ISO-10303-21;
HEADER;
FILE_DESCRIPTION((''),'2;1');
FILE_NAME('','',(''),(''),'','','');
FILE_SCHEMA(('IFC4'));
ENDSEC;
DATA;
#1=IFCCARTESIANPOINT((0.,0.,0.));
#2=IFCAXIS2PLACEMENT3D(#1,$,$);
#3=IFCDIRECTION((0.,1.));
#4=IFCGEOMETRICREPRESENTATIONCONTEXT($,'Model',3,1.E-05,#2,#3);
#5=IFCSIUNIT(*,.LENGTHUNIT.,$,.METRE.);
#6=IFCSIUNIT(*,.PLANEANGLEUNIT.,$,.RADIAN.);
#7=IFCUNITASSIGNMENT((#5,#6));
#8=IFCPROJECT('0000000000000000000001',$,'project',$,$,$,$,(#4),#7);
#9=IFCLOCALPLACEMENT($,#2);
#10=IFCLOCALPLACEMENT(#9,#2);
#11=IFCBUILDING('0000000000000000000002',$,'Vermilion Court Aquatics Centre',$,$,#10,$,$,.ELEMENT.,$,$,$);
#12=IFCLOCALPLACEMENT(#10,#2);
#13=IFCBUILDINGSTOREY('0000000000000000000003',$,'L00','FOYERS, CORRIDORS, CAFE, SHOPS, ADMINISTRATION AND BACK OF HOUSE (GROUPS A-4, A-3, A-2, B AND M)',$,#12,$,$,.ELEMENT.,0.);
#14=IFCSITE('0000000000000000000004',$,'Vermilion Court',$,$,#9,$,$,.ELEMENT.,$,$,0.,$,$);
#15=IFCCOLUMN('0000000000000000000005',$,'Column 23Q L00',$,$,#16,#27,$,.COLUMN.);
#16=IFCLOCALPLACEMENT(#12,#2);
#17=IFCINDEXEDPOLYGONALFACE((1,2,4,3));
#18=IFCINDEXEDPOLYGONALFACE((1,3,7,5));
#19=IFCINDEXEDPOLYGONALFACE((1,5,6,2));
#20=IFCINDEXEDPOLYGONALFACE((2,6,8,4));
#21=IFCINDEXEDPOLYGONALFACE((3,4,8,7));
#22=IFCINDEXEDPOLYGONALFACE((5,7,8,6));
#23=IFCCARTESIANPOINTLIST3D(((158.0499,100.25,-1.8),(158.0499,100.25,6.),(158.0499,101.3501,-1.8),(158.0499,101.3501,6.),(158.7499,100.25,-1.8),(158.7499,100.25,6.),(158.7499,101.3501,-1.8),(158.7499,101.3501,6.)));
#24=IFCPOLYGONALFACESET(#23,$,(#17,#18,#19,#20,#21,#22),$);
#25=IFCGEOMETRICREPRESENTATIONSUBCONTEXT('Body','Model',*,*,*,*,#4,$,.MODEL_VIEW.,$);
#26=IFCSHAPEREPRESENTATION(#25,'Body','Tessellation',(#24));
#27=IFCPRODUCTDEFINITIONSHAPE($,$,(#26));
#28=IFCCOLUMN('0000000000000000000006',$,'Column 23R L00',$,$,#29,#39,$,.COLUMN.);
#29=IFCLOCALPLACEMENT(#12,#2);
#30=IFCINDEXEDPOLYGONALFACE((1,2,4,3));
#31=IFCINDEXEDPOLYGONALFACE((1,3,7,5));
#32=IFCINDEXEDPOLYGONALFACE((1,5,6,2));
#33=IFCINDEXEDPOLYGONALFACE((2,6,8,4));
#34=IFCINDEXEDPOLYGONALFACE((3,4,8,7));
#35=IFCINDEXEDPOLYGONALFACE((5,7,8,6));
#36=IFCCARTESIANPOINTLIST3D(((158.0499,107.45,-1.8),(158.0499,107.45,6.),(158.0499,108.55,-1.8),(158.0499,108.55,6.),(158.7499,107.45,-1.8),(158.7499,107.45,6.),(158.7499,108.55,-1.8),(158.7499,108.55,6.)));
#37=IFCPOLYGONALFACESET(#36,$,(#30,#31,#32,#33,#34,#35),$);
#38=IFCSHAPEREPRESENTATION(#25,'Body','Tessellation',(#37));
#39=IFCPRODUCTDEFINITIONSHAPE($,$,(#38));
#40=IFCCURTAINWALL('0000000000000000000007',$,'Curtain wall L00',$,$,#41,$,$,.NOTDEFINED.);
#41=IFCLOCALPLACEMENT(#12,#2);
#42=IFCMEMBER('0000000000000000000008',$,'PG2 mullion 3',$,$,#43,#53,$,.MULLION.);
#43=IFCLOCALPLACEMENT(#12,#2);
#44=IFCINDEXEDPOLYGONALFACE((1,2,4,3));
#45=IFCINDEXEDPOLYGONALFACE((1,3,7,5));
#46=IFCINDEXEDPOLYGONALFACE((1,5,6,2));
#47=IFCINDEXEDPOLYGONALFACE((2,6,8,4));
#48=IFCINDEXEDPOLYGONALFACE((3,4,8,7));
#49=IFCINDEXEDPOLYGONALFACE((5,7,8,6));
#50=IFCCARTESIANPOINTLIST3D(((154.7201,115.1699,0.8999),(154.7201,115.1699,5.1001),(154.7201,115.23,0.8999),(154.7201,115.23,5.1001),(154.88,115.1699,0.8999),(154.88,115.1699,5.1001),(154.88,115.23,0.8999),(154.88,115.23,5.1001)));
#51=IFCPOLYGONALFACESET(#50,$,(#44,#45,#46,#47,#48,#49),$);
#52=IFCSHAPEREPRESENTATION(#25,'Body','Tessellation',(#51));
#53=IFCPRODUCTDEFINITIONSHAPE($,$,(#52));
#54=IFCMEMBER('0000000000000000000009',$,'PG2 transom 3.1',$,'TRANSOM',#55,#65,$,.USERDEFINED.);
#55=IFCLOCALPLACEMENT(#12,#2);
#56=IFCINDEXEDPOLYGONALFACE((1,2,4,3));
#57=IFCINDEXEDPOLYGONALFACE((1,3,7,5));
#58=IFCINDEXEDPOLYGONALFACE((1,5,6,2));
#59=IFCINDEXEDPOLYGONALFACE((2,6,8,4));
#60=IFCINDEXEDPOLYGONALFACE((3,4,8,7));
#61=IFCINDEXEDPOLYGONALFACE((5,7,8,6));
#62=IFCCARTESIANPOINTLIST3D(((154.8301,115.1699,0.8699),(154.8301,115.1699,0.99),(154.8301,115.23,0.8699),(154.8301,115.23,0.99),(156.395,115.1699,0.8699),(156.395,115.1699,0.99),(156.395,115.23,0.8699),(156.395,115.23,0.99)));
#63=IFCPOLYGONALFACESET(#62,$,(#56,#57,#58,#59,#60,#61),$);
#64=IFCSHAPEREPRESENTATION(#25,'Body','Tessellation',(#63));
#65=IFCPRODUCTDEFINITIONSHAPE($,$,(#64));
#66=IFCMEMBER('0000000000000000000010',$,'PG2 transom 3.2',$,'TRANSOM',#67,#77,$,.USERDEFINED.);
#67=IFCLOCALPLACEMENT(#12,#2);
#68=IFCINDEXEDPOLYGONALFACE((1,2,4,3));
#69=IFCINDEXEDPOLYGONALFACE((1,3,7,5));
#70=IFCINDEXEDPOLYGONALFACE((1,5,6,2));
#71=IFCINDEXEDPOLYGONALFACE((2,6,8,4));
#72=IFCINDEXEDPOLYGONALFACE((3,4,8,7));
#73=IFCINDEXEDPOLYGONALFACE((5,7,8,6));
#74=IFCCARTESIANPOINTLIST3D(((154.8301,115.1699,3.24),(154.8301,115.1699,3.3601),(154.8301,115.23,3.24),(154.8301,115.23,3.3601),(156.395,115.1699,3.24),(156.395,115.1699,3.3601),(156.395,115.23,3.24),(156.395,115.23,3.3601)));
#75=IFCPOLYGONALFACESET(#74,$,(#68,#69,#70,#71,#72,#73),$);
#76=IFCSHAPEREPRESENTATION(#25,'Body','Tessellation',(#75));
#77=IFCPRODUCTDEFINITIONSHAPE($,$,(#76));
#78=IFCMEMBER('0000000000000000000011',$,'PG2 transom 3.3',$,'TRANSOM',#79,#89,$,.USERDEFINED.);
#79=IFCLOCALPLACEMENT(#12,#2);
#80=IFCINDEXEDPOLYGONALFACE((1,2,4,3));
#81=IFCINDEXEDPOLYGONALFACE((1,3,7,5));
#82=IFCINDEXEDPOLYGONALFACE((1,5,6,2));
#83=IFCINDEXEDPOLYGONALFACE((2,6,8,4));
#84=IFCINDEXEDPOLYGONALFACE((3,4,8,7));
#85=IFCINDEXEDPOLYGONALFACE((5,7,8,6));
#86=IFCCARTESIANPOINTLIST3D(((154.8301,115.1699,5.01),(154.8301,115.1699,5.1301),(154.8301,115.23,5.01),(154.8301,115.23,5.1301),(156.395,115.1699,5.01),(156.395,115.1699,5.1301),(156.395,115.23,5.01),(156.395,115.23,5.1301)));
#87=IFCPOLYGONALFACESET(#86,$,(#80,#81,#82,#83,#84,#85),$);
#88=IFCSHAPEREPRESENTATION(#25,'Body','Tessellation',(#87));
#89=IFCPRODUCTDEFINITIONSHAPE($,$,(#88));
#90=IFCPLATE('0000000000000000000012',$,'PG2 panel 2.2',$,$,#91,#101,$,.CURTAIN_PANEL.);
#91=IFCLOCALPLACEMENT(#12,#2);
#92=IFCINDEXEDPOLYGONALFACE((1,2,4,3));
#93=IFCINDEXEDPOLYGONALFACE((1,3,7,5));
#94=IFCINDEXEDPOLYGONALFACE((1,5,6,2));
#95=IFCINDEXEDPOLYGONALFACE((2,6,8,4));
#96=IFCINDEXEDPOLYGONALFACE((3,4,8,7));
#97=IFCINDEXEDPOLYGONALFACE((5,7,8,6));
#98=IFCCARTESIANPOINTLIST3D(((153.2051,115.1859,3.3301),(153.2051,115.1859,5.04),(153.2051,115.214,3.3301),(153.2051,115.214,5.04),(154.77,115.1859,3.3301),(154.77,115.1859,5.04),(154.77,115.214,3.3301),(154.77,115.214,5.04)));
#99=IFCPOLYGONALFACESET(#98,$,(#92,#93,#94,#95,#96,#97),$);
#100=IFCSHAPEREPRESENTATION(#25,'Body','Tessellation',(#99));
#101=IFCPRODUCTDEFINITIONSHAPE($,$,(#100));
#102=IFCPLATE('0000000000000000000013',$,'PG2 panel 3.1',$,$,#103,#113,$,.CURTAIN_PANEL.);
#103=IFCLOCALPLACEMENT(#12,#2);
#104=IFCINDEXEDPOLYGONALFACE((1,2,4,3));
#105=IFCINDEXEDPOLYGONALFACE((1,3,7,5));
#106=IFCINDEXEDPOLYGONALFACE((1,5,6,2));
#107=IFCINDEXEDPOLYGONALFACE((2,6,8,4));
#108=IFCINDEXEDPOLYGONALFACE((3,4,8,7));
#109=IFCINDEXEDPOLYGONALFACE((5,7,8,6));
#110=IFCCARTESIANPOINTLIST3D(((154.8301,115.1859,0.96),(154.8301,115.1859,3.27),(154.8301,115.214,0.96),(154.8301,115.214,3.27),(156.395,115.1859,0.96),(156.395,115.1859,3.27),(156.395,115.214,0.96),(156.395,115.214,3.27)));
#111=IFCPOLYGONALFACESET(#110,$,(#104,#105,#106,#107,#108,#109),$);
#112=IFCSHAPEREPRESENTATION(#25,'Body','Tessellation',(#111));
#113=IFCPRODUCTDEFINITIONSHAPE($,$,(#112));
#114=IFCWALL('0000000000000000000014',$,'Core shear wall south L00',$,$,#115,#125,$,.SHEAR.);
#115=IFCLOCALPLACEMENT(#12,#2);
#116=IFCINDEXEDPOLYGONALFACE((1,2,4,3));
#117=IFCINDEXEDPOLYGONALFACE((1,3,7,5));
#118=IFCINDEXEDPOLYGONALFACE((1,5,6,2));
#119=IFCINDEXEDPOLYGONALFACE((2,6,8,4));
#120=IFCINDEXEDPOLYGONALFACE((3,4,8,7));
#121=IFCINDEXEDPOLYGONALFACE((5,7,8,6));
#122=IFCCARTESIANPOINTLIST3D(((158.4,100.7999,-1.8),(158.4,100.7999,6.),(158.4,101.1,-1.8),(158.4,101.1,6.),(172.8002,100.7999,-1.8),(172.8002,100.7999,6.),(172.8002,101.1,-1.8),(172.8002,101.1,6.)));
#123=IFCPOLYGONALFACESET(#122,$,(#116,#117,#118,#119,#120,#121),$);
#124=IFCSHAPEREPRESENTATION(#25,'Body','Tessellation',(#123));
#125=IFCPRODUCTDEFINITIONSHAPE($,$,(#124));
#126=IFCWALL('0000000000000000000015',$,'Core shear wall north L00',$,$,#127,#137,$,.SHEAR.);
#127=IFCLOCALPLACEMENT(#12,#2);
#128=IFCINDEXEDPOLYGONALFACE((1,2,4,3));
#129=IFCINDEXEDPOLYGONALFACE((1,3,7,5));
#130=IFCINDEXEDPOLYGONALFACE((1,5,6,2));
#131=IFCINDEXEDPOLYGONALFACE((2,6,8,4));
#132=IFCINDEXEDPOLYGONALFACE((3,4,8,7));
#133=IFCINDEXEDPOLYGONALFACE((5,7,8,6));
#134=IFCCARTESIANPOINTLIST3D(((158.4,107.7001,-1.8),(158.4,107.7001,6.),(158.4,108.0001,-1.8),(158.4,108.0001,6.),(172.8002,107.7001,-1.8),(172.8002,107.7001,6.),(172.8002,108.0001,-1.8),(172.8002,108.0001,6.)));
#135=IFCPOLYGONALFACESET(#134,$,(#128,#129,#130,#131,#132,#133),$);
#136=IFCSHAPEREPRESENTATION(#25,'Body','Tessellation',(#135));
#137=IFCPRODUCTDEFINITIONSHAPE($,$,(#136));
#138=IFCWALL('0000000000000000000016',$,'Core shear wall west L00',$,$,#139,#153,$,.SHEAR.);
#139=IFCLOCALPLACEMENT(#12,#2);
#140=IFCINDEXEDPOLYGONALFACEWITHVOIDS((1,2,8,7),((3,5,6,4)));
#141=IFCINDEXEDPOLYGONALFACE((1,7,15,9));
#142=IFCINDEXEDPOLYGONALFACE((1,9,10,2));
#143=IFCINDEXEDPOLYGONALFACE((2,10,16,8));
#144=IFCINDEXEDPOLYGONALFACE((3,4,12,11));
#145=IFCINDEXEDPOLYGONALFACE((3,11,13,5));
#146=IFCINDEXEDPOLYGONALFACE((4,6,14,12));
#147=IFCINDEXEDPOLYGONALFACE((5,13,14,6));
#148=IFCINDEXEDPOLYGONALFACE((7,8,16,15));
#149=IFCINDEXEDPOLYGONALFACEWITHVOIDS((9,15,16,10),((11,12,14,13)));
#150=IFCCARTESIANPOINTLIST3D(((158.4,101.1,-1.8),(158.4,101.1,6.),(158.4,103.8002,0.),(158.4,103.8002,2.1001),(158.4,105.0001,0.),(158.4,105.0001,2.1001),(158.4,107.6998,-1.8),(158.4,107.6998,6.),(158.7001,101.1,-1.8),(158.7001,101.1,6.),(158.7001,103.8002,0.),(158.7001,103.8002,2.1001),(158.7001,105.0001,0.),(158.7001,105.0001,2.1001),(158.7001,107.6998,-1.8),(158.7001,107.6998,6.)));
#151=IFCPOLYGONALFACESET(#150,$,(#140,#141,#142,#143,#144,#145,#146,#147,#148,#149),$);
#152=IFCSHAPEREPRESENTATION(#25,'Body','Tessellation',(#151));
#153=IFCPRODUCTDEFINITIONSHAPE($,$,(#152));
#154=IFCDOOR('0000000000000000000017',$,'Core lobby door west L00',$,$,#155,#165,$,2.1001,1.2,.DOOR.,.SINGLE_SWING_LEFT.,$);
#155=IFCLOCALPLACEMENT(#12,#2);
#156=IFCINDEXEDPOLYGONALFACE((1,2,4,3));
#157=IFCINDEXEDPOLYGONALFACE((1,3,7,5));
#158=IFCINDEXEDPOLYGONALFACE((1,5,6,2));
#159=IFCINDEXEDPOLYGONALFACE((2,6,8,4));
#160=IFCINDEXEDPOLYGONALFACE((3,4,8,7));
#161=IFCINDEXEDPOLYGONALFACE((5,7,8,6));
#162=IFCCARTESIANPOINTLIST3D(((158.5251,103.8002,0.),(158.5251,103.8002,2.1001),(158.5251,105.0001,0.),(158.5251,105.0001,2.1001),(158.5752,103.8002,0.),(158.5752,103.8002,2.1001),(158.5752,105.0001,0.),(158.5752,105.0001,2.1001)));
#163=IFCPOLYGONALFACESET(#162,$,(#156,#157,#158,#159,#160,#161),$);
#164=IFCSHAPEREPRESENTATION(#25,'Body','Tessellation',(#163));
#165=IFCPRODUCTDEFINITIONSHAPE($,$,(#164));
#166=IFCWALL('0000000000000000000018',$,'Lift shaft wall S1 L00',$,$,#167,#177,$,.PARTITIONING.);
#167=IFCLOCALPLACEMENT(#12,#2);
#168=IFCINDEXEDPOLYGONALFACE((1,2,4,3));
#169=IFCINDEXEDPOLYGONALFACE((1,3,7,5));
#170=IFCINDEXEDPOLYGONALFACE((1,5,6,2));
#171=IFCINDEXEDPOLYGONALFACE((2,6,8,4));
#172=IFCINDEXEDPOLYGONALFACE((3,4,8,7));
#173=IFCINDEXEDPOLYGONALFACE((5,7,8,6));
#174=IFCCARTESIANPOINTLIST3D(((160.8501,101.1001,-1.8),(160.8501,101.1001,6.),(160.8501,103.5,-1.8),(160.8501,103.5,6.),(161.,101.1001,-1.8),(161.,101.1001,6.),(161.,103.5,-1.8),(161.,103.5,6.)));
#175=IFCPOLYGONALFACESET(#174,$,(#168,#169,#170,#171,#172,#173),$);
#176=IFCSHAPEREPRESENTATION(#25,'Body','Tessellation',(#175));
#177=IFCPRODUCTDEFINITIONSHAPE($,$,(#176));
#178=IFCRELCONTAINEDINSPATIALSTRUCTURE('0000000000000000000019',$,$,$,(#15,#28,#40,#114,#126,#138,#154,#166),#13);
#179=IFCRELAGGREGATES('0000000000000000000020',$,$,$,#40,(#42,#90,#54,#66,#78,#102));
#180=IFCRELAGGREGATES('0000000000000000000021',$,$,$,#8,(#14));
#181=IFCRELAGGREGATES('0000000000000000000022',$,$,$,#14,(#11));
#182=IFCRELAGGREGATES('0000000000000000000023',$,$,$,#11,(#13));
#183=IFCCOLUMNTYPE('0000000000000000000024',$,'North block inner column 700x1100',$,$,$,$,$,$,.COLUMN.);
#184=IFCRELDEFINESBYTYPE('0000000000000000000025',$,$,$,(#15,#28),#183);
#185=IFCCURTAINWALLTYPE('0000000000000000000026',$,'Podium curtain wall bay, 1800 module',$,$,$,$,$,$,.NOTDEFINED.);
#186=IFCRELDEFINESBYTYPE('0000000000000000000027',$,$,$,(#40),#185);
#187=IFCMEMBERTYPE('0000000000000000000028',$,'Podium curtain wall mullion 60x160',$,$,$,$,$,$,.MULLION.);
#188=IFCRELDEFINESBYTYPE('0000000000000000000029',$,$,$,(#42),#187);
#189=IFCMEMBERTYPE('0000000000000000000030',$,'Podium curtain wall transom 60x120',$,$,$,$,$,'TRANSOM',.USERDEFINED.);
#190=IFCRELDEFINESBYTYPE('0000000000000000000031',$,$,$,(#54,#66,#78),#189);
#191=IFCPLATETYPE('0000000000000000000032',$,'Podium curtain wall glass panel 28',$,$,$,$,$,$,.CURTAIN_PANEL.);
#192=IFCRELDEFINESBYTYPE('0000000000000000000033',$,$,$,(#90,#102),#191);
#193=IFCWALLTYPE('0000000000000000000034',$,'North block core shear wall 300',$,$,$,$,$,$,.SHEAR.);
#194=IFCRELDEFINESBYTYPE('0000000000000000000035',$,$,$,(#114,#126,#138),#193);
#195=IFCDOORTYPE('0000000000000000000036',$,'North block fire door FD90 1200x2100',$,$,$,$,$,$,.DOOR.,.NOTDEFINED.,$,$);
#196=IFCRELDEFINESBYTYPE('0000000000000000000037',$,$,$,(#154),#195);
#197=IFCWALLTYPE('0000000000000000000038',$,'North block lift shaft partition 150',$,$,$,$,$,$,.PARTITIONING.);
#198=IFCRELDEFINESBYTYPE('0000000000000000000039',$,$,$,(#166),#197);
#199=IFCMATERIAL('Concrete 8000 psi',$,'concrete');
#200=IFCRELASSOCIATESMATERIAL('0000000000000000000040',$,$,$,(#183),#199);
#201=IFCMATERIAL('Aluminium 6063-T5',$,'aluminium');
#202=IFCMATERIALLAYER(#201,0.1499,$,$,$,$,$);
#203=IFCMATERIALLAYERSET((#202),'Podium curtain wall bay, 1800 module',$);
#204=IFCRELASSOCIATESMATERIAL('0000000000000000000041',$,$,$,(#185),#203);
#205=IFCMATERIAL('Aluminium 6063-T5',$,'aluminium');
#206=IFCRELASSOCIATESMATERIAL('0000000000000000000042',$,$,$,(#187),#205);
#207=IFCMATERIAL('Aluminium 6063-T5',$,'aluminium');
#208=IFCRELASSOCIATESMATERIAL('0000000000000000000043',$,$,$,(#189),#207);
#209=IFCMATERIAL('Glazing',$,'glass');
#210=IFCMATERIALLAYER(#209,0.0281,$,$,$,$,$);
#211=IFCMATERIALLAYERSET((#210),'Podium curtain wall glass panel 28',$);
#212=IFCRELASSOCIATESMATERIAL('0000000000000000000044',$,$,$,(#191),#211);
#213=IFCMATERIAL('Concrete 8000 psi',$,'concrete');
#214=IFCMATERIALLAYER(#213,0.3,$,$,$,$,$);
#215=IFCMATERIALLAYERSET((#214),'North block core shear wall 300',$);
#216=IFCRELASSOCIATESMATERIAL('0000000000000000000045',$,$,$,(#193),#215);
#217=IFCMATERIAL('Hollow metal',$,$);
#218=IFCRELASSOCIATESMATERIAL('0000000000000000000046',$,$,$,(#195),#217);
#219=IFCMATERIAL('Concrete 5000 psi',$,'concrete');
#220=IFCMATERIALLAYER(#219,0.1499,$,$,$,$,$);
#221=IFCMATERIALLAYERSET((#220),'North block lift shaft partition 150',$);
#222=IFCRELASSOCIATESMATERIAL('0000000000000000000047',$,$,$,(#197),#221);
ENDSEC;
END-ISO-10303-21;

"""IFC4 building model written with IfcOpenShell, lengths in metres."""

from ifc_helpers import new_model, si_unit, direction, frame, frame_2d, origin, origin_2d, place, context, subcontext, project, spatial, rectangle, extrude, material, layer, layer_set, material_profile, profile_set, type_object, element, fill, aggregate, save


model = new_model("IFC4")

# Units and contexts
model_context = context("Model", 3, precision=1e-05, world=origin(), true_north=direction((0.0, 1.0)))
body_context = subcontext(model_context, "Body", "Model", "MODEL_VIEW")
ifc_project = project(units=[si_unit("LENGTHUNIT", "METRE"), si_unit("PLANEANGLEUNIT", "RADIAN")], contexts=[model_context])

# Site, building, storey
site_placement = place(None, origin())
site = spatial("IfcSite", under=ifc_project, at=site_placement, Name="Vermilion Court", CompositionType="ELEMENT", RefElevation=0.0)
building_placement = place(site_placement, origin())
building = spatial("IfcBuilding", under=site, at=building_placement, Name="Vermilion Court Aquatics Centre", CompositionType="ELEMENT")
storey_placement = place(building_placement, origin())
storey = spatial("IfcBuildingStorey", under=building, at=storey_placement, Name="L00", Description="FOYERS, CORRIDORS, CAFE, SHOPS, ADMINISTRATION AND BACK OF HOUSE (GROUPS A-4, A-3, A-2, B AND M)", CompositionType="ELEMENT", Elevation=0.0)

# Columns
ifc_material_1 = material(Name="Concrete 8000 psi", Category="concrete")
ifc_material_profile_1 = material_profile(ifc_material_1, rectangle(XDim=0.7, YDim=1.1001, at=origin_2d()), Name="RC 700x1100")
ifc_profile_set_1 = profile_set([ifc_material_profile_1], Name="Concrete 8000 psi")
column_type = type_object("IfcColumnType", Name="North block inner column 700x1100", PredefinedType="COLUMN", material=ifc_profile_set_1)
for number, where, z_axis, x_axis, name in (
    (1, (158.3999, 100.8, -1.8), (0.0, 0.0, 1.0), (1.0, 0.0, 0.0), "Column 23Q L00"),
    (2, (158.3999, 108.0, -1.8), (0.0, 0.0, 1.0), (1.0, 0.0, 0.0), "Column 23R L00"),
):
    element("IfcColumn", number, at=place(storey_placement, frame(where, z_axis=z_axis, x_axis=x_axis)), inside=storey, type_object=column_type, Name=name, PredefinedType="COLUMN", context=body_context, shape_type="SweptSolid", body=[
        extrude(rectangle(XDim=0.7, YDim=1.1001, at=origin_2d()), origin(), (0.0, 0.0, 1.0), 7.8),
    ])

# Curtain wall, members, plates
ifc_material_2 = material(Name="Aluminium 6063-T5", Category="aluminium")
ifc_layer_1 = layer(ifc_material_2, 0.1499)
ifc_layer_set_1 = layer_set([ifc_layer_1], Name="Podium curtain wall bay, 1800 module")
curtain_wall_type = type_object("IfcCurtainWallType", Name="Podium curtain wall bay, 1800 module", PredefinedType="NOTDEFINED", material=ifc_layer_set_1)
curtain_wall_placement = place(storey_placement, origin())
curtain_wall = element("IfcCurtainWall", 3, at=curtain_wall_placement, inside=storey, type_object=curtain_wall_type, Name="Curtain wall L00", PredefinedType="NOTDEFINED")
ifc_material_3 = material(Name="Aluminium 6063-T5", Category="aluminium")
ifc_material_profile_2 = material_profile(ifc_material_3, rectangle(XDim=0.0601, YDim=0.1599, at=origin_2d()), Name="Mullion 60x160")
ifc_profile_set_2 = profile_set([ifc_material_profile_2], Name="Aluminium 6063-T5")
member_type_1 = type_object("IfcMemberType", Name="Podium curtain wall mullion 60x160", PredefinedType="MULLION", material=ifc_profile_set_2)
member_1_placement = place(storey_placement, frame((154.8, 115.2, 0.8999), z_axis=(0.0, 0.0, 1.0), x_axis=(0.0, 1.0, 0.0)))
member_1 = element("IfcMember", 4, at=member_1_placement, type_object=member_type_1, Name="PG2 mullion 3", PredefinedType="MULLION", context=body_context, shape_type="SweptSolid", body=[
    extrude(rectangle(XDim=0.0601, YDim=0.1599, at=origin_2d()), origin(), (0.0, 0.0, 1.0), 4.2002),
])
ifc_material_4 = material(Name="Aluminium 6063-T5", Category="aluminium")
ifc_material_profile_3 = material_profile(ifc_material_4, rectangle(XDim=0.0601, YDim=0.1201, at=origin_2d()), Name="Transom 60x120")
ifc_profile_set_3 = profile_set([ifc_material_profile_3], Name="Aluminium 6063-T5")
member_type_2 = type_object("IfcMemberType", Name="Podium curtain wall transom 60x120", ElementType="TRANSOM", PredefinedType="USERDEFINED", material=ifc_profile_set_3)
member_2_placement = place(storey_placement, frame((154.8301, 115.2, 0.9299), z_axis=(1.0, 0.0, 0.0), x_axis=(0.0, 1.0, 0.0)))
member_2 = element("IfcMember", 5, at=member_2_placement, type_object=member_type_2, Name="PG2 transom 3.1", ObjectType="TRANSOM", PredefinedType="USERDEFINED", context=body_context, shape_type="SweptSolid", body=[
    extrude(rectangle(XDim=0.0601, YDim=0.1201, at=origin_2d()), origin(), (0.0, 0.0, 1.0), 1.5649),
])
member_3_placement = place(storey_placement, frame((154.8301, 115.2, 3.3), z_axis=(1.0, 0.0, 0.0), x_axis=(0.0, 1.0, 0.0)))
member_3 = element("IfcMember", 6, at=member_3_placement, type_object=member_type_2, Name="PG2 transom 3.2", ObjectType="TRANSOM", PredefinedType="USERDEFINED", context=body_context, shape_type="SweptSolid", body=[
    extrude(rectangle(XDim=0.0601, YDim=0.1201, at=origin_2d()), origin(), (0.0, 0.0, 1.0), 1.5649),
])
member_4_placement = place(storey_placement, frame((154.8301, 115.2, 5.0701), z_axis=(1.0, 0.0, 0.0), x_axis=(0.0, 1.0, 0.0)))
member_4 = element("IfcMember", 7, at=member_4_placement, type_object=member_type_2, Name="PG2 transom 3.3", ObjectType="TRANSOM", PredefinedType="USERDEFINED", context=body_context, shape_type="SweptSolid", body=[
    extrude(rectangle(XDim=0.0601, YDim=0.1201, at=origin_2d()), origin(), (0.0, 0.0, 1.0), 1.5649),
])
ifc_material_5 = material(Name="Glazing", Category="glass")
ifc_layer_2 = layer(ifc_material_5, 0.0281)
ifc_layer_set_2 = layer_set([ifc_layer_2], Name="Podium curtain wall glass panel 28")
plate_type = type_object("IfcPlateType", Name="Podium curtain wall glass panel 28", PredefinedType="CURTAIN_PANEL", material=ifc_layer_set_2)
plate_1_placement = place(storey_placement, frame((153.9875, 115.2, 3.3301), z_axis=(0.0, 0.0, 1.0), x_axis=(1.0, 0.0, 0.0)))
plate_1 = element("IfcPlate", 8, at=plate_1_placement, type_object=plate_type, Name="PG2 panel 2.2", PredefinedType="CURTAIN_PANEL", context=body_context, shape_type="SweptSolid", body=[
    extrude(rectangle(XDim=1.5649, YDim=0.0281, at=origin_2d()), origin(), (0.0, 0.0, 1.0), 1.71),
])
plate_2_placement = place(storey_placement, frame((155.6125, 115.2, 0.96), z_axis=(0.0, 0.0, 1.0), x_axis=(1.0, 0.0, 0.0)))
plate_2 = element("IfcPlate", 9, at=plate_2_placement, type_object=plate_type, Name="PG2 panel 3.1", PredefinedType="CURTAIN_PANEL", context=body_context, shape_type="SweptSolid", body=[
    extrude(rectangle(XDim=1.5649, YDim=0.0281, at=origin_2d()), origin(), (0.0, 0.0, 1.0), 2.3101),
])
aggregate(curtain_wall, [member_1, plate_1, member_2, member_3, member_4, plate_2])

# Walls
ifc_material_6 = material(Name="Concrete 8000 psi", Category="concrete")
ifc_layer_3 = layer(ifc_material_6, 0.3)
ifc_layer_set_3 = layer_set([ifc_layer_3], Name="North block core shear wall 300")
wall_type_1 = type_object("IfcWallType", Name="North block core shear wall 300", PredefinedType="SHEAR", material=ifc_layer_set_3)
for number, where, z_axis, x_axis, name in (
    (10, (158.3999, 100.95, -1.8), (0.0, 0.0, 1.0), (1.0, 0.0, 0.0), "Core shear wall south L00"),
    (11, (158.3999, 107.8501, -1.8), (0.0, 0.0, 1.0), (1.0, 0.0, 0.0), "Core shear wall north L00"),
):
    element("IfcWall", number, at=place(storey_placement, frame(where, z_axis=z_axis, x_axis=x_axis)), inside=storey, type_object=wall_type_1, Name=name, PredefinedType="SHEAR", context=body_context, shape_type="SweptSolid", body=[
        extrude(rectangle(XDim=14.4001, YDim=0.3, at=frame_2d((7.2002, 0.0))), origin(), (0.0, 0.0, 1.0), 7.8),
    ])

# Wall, opening, door
wall_1_placement = place(storey_placement, frame((158.55, 101.1001, -1.8), z_axis=(0.0, 0.0, 1.0), x_axis=(0.0, 1.0, 0.0)))
wall_1 = element("IfcWall", 12, at=wall_1_placement, inside=storey, type_object=wall_type_1, Name="Core shear wall west L00", PredefinedType="SHEAR", context=body_context, shape_type="SweptSolid", body=[
    extrude(rectangle(XDim=6.5999, YDim=0.3, at=frame_2d((3.2998, 0.0))), origin(), (0.0, 0.0, 1.0), 7.8),
])
opening_1_placement = place(wall_1_placement, frame((2.7, 0.0, 1.8)))
opening_1 = element("IfcOpeningElement", 13, at=opening_1_placement, cuts=wall_1, PredefinedType="OPENING", context=body_context, shape_type="SweptSolid", body=[
    extrude(rectangle(XDim=1.2, YDim=2.1001, at=frame_2d((0.6001, 1.05))), frame((0.0, 0.1599, 0.0), z_axis=(0.0, -1.0, 0.0), x_axis=(1.0, 0.0, 0.0)), (0.0, 0.0, 1.0), 0.3201),
])
ifc_material_7 = material(Name="Hollow metal")
door_type_1 = type_object("IfcDoorType", Name="North block fire door FD90 1200x2100", OperationType="NOTDEFINED", PredefinedType="DOOR", material=ifc_material_7)
door_1_placement = place(opening_1_placement, origin())
door_1 = element("IfcDoor", 14, at=door_1_placement, inside=storey, type_object=door_type_1, Name="Core lobby door west L00", OperationType="SINGLE_SWING_LEFT", OverallHeight=2.1001, OverallWidth=1.2, PredefinedType="DOOR", context=body_context, shape_type="SweptSolid", body=[
    extrude(rectangle(XDim=1.2, YDim=2.1001, at=frame_2d((0.6001, 1.05))), frame((0.0, 0.0249, 0.0), z_axis=(0.0, -1.0, 0.0), x_axis=(1.0, 0.0, 0.0)), (0.0, 0.0, 1.0), 0.05),
])
fill(opening_1, door_1)

# Wall
ifc_material_8 = material(Name="Concrete 5000 psi", Category="concrete")
ifc_layer_4 = layer(ifc_material_8, 0.1499)
ifc_layer_set_4 = layer_set([ifc_layer_4], Name="North block lift shaft partition 150")
wall_type_2 = type_object("IfcWallType", Name="North block lift shaft partition 150", PredefinedType="PARTITIONING", material=ifc_layer_set_4)
for number, where, z_axis, x_axis, name in (
    (15, (160.925, 101.1001, -1.8), (0.0, 0.0, 1.0), (0.0, 1.0, 0.0), "Lift shaft wall S1 L00"),
):
    element("IfcWall", number, at=place(storey_placement, frame(where, z_axis=z_axis, x_axis=x_axis)), inside=storey, type_object=wall_type_2, Name=name, PredefinedType="PARTITIONING", context=body_context, shape_type="SweptSolid", body=[
        extrude(rectangle(XDim=2.3999, YDim=0.1499, at=frame_2d((1.2, 0.0))), origin(), (0.0, 0.0, 1.0), 7.8),
    ])

save(model, "model.ifc")
